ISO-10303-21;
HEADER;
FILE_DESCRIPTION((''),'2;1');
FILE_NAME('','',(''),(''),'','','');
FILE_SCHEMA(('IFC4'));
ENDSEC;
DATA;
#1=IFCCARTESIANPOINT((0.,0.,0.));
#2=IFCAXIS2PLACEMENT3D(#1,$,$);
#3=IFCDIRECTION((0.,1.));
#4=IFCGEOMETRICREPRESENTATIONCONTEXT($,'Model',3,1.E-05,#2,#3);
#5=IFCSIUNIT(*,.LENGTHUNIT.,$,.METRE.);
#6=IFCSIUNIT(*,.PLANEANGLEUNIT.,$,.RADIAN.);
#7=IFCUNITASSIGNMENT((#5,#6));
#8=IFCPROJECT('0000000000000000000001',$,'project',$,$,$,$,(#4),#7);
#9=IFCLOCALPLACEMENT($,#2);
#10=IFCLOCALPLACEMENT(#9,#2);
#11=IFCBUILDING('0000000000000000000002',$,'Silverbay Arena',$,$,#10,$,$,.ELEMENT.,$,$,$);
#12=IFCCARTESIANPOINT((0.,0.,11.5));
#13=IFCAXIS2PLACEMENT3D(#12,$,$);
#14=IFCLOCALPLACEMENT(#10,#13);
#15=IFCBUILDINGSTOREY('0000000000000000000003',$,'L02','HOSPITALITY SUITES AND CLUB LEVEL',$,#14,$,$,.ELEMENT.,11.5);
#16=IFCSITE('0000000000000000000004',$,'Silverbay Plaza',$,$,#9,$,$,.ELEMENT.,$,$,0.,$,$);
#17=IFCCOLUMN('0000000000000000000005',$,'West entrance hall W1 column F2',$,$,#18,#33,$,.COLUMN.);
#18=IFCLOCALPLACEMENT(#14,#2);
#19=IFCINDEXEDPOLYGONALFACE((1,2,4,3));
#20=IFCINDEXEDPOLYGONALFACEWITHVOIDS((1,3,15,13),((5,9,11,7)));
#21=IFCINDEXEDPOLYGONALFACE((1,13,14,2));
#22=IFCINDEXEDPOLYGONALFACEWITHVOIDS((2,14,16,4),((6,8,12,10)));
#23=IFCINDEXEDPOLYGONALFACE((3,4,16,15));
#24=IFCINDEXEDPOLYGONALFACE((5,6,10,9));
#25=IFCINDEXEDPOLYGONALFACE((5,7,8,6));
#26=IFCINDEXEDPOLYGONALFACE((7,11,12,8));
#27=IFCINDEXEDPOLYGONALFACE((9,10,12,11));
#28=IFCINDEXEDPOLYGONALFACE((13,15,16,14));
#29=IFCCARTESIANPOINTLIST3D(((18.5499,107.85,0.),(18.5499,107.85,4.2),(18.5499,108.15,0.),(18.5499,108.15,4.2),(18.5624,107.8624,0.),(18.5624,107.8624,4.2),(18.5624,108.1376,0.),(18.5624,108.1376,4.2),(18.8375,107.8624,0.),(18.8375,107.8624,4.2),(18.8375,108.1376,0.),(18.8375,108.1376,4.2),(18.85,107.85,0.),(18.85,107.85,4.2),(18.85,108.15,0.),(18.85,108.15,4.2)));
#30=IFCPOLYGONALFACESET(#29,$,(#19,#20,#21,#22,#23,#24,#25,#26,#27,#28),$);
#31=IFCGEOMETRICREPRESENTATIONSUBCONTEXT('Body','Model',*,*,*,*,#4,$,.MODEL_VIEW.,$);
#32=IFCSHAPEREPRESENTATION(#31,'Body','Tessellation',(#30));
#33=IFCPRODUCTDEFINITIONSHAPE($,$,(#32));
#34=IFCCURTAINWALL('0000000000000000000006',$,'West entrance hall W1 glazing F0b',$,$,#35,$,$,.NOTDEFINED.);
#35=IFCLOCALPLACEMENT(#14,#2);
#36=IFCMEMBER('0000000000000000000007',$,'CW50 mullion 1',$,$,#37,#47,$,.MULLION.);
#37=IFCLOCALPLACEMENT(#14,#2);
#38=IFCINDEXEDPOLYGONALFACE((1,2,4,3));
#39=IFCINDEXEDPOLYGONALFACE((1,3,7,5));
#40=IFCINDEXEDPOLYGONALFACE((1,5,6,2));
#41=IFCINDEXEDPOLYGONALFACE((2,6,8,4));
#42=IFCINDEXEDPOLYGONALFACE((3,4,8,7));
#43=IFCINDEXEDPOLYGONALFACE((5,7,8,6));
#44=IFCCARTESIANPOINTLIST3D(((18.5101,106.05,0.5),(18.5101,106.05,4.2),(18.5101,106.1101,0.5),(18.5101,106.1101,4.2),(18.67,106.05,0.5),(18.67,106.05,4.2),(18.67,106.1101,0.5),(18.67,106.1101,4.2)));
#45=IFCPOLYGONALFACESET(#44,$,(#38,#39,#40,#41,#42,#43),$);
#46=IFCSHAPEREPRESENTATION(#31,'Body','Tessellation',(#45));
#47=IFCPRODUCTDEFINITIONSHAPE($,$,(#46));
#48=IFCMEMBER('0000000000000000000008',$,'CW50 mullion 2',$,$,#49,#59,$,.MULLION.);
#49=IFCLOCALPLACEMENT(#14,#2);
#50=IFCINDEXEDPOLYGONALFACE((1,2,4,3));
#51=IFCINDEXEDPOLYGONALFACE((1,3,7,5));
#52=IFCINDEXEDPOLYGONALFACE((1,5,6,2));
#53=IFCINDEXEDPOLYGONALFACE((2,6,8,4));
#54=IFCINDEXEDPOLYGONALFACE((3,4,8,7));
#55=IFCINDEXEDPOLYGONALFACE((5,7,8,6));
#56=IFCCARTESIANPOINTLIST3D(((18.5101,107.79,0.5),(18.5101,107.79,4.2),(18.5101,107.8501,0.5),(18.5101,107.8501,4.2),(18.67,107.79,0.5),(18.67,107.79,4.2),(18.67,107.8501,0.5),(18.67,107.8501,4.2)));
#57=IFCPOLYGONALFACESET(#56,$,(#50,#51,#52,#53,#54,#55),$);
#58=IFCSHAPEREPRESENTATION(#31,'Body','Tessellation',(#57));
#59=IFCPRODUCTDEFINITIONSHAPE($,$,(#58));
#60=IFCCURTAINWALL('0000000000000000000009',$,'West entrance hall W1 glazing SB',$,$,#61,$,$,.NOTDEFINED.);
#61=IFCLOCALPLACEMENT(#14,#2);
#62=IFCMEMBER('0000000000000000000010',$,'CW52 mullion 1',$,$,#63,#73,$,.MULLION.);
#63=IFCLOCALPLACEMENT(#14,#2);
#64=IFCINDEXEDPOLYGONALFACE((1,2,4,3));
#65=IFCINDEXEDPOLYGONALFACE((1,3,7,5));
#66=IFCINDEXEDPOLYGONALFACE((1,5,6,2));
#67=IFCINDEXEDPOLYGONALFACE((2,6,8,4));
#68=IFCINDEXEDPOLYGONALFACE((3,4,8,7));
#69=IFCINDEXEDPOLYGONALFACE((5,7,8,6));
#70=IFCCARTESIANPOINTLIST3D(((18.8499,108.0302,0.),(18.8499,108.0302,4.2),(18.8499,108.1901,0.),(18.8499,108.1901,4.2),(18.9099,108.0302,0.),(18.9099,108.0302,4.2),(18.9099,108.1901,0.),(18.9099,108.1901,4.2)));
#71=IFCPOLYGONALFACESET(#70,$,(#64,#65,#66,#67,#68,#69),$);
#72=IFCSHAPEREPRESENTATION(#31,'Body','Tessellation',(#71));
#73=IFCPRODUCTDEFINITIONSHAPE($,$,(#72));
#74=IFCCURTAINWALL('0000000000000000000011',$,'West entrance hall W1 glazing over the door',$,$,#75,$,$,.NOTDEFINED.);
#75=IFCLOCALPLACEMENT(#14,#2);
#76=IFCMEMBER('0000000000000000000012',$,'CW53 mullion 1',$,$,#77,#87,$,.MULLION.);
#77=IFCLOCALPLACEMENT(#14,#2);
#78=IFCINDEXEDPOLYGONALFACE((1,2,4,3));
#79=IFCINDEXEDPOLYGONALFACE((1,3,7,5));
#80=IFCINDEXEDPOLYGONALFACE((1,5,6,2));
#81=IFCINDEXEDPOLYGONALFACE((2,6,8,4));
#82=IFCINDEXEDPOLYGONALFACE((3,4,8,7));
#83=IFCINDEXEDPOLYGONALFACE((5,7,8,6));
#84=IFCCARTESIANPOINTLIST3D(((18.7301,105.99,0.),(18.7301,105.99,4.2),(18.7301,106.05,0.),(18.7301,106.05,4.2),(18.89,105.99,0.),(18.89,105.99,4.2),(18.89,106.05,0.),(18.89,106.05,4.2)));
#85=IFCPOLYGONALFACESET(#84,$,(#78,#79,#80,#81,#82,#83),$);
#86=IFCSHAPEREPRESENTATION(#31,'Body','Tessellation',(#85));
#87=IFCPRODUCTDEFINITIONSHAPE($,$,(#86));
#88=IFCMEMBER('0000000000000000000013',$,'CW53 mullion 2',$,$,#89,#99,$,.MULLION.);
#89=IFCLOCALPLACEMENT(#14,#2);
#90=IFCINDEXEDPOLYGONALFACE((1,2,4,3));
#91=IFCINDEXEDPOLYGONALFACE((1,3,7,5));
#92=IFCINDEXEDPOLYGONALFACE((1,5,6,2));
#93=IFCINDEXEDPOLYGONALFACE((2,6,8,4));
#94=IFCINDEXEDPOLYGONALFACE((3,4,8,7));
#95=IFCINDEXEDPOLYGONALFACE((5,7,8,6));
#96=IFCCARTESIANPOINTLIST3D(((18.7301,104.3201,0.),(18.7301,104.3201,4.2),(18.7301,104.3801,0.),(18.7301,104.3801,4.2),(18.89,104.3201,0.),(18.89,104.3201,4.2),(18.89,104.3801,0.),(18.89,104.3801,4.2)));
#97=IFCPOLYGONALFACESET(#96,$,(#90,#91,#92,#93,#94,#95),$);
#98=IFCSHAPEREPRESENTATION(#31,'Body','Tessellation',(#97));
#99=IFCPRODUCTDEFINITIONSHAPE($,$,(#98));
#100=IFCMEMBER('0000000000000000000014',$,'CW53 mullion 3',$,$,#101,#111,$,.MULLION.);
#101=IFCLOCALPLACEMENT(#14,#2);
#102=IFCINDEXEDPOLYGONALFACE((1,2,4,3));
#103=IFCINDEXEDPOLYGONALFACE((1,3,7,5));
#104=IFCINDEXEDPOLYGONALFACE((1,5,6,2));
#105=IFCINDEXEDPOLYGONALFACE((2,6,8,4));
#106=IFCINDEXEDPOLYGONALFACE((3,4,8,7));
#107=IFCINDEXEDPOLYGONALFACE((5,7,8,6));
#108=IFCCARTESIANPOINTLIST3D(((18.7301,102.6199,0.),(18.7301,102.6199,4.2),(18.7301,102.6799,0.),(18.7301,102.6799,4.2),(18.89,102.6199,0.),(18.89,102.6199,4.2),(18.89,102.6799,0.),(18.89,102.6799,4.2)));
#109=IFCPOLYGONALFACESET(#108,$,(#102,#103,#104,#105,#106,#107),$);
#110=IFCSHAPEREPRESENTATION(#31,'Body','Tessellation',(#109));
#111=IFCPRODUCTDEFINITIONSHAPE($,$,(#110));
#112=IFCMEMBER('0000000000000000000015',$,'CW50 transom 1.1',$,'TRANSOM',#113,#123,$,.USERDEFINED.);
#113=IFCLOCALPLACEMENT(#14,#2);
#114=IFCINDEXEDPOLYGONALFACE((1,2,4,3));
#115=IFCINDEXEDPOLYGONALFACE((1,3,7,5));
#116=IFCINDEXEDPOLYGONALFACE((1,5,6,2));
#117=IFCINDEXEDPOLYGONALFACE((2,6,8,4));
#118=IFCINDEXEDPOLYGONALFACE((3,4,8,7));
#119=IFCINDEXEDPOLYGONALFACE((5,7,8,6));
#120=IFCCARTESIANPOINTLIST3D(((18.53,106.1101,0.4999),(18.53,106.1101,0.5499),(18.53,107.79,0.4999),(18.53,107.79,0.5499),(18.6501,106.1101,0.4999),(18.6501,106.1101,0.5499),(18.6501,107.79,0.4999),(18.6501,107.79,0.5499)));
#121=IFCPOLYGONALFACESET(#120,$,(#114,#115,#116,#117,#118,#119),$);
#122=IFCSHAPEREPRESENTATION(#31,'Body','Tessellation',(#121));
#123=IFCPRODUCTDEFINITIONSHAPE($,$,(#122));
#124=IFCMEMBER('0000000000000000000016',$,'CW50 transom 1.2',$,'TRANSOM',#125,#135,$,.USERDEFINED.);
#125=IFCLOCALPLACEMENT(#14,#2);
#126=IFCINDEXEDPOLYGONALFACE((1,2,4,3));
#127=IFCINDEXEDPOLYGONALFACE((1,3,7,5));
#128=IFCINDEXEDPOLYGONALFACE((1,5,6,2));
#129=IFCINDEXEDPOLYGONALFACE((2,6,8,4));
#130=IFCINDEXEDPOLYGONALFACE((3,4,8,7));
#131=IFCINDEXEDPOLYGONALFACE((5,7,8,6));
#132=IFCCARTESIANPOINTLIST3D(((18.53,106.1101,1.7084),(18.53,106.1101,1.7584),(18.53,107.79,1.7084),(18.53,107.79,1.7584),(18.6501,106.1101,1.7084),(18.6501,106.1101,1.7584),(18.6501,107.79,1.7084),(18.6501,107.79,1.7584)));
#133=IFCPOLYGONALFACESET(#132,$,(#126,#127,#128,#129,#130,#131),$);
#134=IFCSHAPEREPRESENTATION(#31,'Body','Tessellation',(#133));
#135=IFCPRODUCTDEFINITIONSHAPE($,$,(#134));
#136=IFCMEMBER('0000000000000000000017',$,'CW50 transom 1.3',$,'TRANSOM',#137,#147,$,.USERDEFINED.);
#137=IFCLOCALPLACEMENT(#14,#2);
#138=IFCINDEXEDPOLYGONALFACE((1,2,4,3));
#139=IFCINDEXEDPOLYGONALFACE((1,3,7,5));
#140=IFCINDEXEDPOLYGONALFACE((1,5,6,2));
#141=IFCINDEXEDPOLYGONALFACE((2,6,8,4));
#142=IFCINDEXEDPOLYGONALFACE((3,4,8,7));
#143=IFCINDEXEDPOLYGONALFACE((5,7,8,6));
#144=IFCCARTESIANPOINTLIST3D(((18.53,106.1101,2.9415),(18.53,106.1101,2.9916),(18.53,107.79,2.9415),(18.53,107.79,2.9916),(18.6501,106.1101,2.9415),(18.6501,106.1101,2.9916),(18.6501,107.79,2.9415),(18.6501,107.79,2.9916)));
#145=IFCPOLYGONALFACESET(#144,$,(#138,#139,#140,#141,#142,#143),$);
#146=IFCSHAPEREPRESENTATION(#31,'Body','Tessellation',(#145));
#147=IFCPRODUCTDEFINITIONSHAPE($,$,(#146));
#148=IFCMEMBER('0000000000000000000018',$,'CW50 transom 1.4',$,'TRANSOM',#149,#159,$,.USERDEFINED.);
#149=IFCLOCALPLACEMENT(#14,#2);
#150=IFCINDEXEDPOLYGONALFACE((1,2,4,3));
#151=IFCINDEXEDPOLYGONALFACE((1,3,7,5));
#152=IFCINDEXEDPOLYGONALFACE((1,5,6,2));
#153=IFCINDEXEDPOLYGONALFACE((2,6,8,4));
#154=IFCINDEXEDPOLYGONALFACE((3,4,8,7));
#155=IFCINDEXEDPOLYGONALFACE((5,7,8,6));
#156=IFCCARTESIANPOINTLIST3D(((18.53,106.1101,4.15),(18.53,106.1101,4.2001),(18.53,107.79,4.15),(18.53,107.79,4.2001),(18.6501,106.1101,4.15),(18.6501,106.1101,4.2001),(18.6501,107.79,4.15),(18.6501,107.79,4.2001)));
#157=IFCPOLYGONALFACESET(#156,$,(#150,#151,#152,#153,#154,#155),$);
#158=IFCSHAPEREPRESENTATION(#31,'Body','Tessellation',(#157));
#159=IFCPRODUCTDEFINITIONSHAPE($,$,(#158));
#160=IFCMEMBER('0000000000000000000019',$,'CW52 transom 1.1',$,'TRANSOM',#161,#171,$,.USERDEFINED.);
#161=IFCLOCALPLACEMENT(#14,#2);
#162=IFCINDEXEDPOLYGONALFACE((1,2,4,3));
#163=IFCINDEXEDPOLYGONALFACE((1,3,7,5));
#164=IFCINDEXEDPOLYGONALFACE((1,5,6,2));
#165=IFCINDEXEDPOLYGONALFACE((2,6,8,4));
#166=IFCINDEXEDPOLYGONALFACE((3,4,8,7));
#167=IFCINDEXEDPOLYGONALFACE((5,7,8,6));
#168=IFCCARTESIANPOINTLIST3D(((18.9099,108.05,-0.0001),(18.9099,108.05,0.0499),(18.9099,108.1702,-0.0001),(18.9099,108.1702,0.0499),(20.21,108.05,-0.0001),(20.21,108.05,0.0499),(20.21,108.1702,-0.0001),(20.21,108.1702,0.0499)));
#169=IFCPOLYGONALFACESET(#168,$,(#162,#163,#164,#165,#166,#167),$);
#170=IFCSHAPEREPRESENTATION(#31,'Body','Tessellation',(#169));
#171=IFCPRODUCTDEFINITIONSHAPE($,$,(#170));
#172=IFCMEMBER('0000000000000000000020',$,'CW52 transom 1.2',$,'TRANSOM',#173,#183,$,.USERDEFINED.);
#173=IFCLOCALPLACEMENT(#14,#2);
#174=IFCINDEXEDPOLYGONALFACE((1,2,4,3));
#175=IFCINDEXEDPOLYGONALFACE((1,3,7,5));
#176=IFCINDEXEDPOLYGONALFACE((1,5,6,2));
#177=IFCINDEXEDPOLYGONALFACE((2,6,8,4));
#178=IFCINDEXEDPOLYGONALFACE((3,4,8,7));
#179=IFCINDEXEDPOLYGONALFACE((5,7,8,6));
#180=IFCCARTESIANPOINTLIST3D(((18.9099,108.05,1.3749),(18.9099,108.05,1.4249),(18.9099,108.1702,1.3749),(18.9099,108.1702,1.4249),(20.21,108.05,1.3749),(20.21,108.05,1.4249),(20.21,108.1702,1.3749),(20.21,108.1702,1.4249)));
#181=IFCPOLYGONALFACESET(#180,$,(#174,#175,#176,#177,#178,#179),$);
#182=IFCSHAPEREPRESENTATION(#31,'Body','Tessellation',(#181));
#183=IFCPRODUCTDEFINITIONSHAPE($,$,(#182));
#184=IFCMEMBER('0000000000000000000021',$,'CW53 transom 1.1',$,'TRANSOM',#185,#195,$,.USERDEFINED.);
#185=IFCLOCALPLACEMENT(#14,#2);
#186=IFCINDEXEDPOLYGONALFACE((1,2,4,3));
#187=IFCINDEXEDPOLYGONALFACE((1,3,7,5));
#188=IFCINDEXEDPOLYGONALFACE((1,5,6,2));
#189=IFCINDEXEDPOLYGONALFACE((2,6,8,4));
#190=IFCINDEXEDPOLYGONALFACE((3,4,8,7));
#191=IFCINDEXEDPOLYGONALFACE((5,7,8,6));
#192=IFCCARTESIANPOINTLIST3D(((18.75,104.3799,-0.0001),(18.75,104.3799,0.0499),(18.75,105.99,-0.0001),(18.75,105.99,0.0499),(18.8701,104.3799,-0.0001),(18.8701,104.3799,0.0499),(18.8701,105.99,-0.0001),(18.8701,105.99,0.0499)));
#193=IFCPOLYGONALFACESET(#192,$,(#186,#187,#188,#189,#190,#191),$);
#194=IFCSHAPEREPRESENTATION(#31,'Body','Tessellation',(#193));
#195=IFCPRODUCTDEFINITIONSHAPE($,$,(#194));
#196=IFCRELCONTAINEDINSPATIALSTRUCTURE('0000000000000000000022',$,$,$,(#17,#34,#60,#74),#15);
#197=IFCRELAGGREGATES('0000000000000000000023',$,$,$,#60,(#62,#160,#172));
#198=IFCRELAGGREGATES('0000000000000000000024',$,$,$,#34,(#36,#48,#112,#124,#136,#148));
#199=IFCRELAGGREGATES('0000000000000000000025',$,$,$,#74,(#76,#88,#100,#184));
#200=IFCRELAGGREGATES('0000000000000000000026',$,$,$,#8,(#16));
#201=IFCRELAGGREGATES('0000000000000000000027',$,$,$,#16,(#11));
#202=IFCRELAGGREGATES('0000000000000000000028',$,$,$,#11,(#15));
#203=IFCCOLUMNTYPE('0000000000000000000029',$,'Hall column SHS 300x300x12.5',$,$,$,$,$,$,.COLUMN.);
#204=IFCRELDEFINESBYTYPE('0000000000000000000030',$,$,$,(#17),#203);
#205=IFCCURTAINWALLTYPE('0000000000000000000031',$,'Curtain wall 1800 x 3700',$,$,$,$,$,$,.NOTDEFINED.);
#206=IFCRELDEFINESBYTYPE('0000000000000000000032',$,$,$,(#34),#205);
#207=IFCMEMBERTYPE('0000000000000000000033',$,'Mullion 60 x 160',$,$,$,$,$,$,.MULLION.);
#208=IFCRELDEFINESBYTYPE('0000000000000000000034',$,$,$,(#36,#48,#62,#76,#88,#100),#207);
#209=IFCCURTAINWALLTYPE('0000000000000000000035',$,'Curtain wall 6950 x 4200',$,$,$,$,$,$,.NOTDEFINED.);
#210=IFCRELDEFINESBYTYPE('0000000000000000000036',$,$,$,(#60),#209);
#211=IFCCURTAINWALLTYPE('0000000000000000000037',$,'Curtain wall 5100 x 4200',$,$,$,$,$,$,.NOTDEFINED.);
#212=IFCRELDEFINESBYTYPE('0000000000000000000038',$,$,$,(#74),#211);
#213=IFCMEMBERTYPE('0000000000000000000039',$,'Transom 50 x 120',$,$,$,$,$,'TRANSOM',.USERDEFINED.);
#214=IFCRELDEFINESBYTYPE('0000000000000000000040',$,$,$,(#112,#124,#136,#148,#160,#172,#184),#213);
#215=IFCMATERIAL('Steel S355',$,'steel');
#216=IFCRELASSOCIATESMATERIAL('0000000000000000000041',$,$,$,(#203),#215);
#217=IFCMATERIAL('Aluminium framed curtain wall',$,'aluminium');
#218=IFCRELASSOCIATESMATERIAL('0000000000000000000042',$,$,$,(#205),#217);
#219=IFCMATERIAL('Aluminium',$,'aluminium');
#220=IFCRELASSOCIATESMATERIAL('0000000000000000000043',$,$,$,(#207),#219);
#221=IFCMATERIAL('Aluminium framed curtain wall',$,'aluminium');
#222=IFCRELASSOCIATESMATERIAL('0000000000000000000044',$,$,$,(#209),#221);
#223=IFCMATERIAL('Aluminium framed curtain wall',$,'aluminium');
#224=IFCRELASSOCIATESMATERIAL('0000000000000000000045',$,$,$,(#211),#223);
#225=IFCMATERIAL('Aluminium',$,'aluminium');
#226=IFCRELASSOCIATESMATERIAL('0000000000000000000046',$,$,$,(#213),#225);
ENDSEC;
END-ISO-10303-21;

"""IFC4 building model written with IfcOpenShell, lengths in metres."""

from ifc_helpers import new_model, si_unit, direction, frame, origin, origin_2d, place, context, subcontext, project, spatial, rectangle, hollow_rectangle, extrude, material, material_profile, profile_set, type_object, element, aggregate, save


model = new_model("IFC4")

# Units and contexts
model_context = context("Model", 3, precision=1e-05, world=origin(), true_north=direction((0.0, 1.0)))
body_context = subcontext(model_context, "Body", "Model", "MODEL_VIEW")
ifc_project = project(units=[si_unit("LENGTHUNIT", "METRE"), si_unit("PLANEANGLEUNIT", "RADIAN")], contexts=[model_context])

# Site, building, storey
site_placement = place(None, origin())
site = spatial("IfcSite", under=ifc_project, at=site_placement, Name="Silverbay Plaza", CompositionType="ELEMENT", RefElevation=0.0)
building_placement = place(site_placement, origin())
building = spatial("IfcBuilding", under=site, at=building_placement, Name="Silverbay Arena", CompositionType="ELEMENT")
storey_placement = place(building_placement, frame((0.0, 0.0, 11.5)))
storey = spatial("IfcBuildingStorey", under=building, at=storey_placement, Name="L02", Description="HOSPITALITY SUITES AND CLUB LEVEL", CompositionType="ELEMENT", Elevation=11.5)

# Column
ifc_material_1 = material(Name="Steel S355", Category="steel")
ifc_material_profile_1 = material_profile(ifc_material_1, hollow_rectangle(XDim=0.3, YDim=0.3, WallThickness=0.0125, at=origin_2d()), Name="SHS 300x300x12.5")
ifc_profile_set_1 = profile_set([ifc_material_profile_1], Name="Steel S355")
column_type = type_object("IfcColumnType", Name="Hall column SHS 300x300x12.5", PredefinedType="COLUMN", material=ifc_profile_set_1)
column_placement = place(storey_placement, frame((18.7, 108.0, 0.0), z_axis=(0.0, 0.0, 1.0), x_axis=(1.0, 0.0, 0.0)))
element("IfcColumn", 1, at=column_placement, inside=storey, type_object=column_type, Name="West entrance hall W1 column F2", PredefinedType="COLUMN", context=body_context, shape_type="SweptSolid", body=[
    extrude(hollow_rectangle(XDim=0.3, YDim=0.3, WallThickness=0.0125, at=origin_2d()), origin(), (0.0, 0.0, 1.0), 4.2),
])

# Curtain wall, members
ifc_material_2 = material(Name="Aluminium framed curtain wall", Category="aluminium")
curtain_wall_type_1 = type_object("IfcCurtainWallType", Name="Curtain wall 1800 x 3700", PredefinedType="NOTDEFINED", material=ifc_material_2)
curtain_wall_1_placement = place(storey_placement, origin())
curtain_wall_1 = element("IfcCurtainWall", 2, at=curtain_wall_1_placement, inside=storey, type_object=curtain_wall_type_1, Name="West entrance hall W1 glazing F0b", PredefinedType="NOTDEFINED")
ifc_material_3 = material(Name="Aluminium", Category="aluminium")
ifc_material_profile_2 = material_profile(ifc_material_3, rectangle(XDim=0.1599, YDim=0.0601, at=origin_2d()), Name="Mullion 60 x 160")
ifc_profile_set_2 = profile_set([ifc_material_profile_2], Name="Aluminium")
member_type_1 = type_object("IfcMemberType", Name="Mullion 60 x 160", PredefinedType="MULLION", material=ifc_profile_set_2)
member_1_placement = place(storey_placement, frame((18.5901, 106.0801, 0.5), z_axis=(0.0, 0.0, 1.0), x_axis=(-1.0, 0.0, 0.0)))
member_1 = element("IfcMember", 3, at=member_1_placement, type_object=member_type_1, Name="CW50 mullion 1", PredefinedType="MULLION", context=body_context, shape_type="SweptSolid", body=[
    extrude(rectangle(XDim=0.1599, YDim=0.0601, at=origin_2d()), origin(), (0.0, 0.0, 1.0), 3.7),
])
member_2_placement = place(storey_placement, frame((18.5901, 107.8201, 0.5), z_axis=(0.0, 0.0, 1.0), x_axis=(-1.0, 0.0, 0.0)))
member_2 = element("IfcMember", 4, at=member_2_placement, type_object=member_type_1, Name="CW50 mullion 2", PredefinedType="MULLION", context=body_context, shape_type="SweptSolid", body=[
    extrude(rectangle(XDim=0.1599, YDim=0.0601, at=origin_2d()), origin(), (0.0, 0.0, 1.0), 3.7),
])

# Curtain wall, member
ifc_material_4 = material(Name="Aluminium framed curtain wall", Category="aluminium")
curtain_wall_type_2 = type_object("IfcCurtainWallType", Name="Curtain wall 6950 x 4200", PredefinedType="NOTDEFINED", material=ifc_material_4)
curtain_wall_2_placement = place(storey_placement, origin())
curtain_wall_2 = element("IfcCurtainWall", 5, at=curtain_wall_2_placement, inside=storey, type_object=curtain_wall_type_2, Name="West entrance hall W1 glazing SB", PredefinedType="NOTDEFINED")
member_3_placement = place(storey_placement, frame((18.8799, 108.1101, 0.0), z_axis=(0.0, 0.0, 1.0), x_axis=(0.0, 1.0, 0.0)))
member_3 = element("IfcMember", 6, at=member_3_placement, type_object=member_type_1, Name="CW52 mullion 1", PredefinedType="MULLION", context=body_context, shape_type="SweptSolid", body=[
    extrude(rectangle(XDim=0.1599, YDim=0.0601, at=origin_2d()), origin(), (0.0, 0.0, 1.0), 4.2),
])

# Curtain wall, members
ifc_material_5 = material(Name="Aluminium framed curtain wall", Category="aluminium")
curtain_wall_type_3 = type_object("IfcCurtainWallType", Name="Curtain wall 5100 x 4200", PredefinedType="NOTDEFINED", material=ifc_material_5)
curtain_wall_3_placement = place(storey_placement, origin())
curtain_wall_3 = element("IfcCurtainWall", 7, at=curtain_wall_3_placement, inside=storey, type_object=curtain_wall_type_3, Name="West entrance hall W1 glazing over the door", PredefinedType="NOTDEFINED")
member_4_placement = place(storey_placement, frame((18.8101, 106.02, 0.0), z_axis=(0.0, 0.0, 1.0), x_axis=(1.0, 0.0, 0.0)))
member_4 = element("IfcMember", 8, at=member_4_placement, type_object=member_type_1, Name="CW53 mullion 1", PredefinedType="MULLION", context=body_context, shape_type="SweptSolid", body=[
    extrude(rectangle(XDim=0.1599, YDim=0.0601, at=origin_2d()), origin(), (0.0, 0.0, 1.0), 4.2),
])
member_5_placement = place(storey_placement, frame((18.8101, 104.3501, 0.0), z_axis=(0.0, 0.0, 1.0), x_axis=(1.0, 0.0, 0.0)))
member_5 = element("IfcMember", 9, at=member_5_placement, type_object=member_type_1, Name="CW53 mullion 2", PredefinedType="MULLION", context=body_context, shape_type="SweptSolid", body=[
    extrude(rectangle(XDim=0.1599, YDim=0.0601, at=origin_2d()), origin(), (0.0, 0.0, 1.0), 4.2),
])
member_6_placement = place(storey_placement, frame((18.8101, 102.6499, 0.0), z_axis=(0.0, 0.0, 1.0), x_axis=(1.0, 0.0, 0.0)))
member_6 = element("IfcMember", 10, at=member_6_placement, type_object=member_type_1, Name="CW53 mullion 3", PredefinedType="MULLION", context=body_context, shape_type="SweptSolid", body=[
    extrude(rectangle(XDim=0.1599, YDim=0.0601, at=origin_2d()), origin(), (0.0, 0.0, 1.0), 4.2),
])

# Members
ifc_material_6 = material(Name="Aluminium", Category="aluminium")
ifc_material_profile_3 = material_profile(ifc_material_6, rectangle(XDim=0.1201, YDim=0.05, at=origin_2d()), Name="Transom 50 x 120")
ifc_profile_set_3 = profile_set([ifc_material_profile_3], Name="Aluminium")
member_type_2 = type_object("IfcMemberType", Name="Transom 50 x 120", ElementType="TRANSOM", PredefinedType="USERDEFINED", material=ifc_profile_set_3)
member_7_placement = place(storey_placement, frame((18.5901, 106.1101, 0.5249), z_axis=(0.0, 1.0, 0.0), x_axis=(-1.0, 0.0, 0.0)))
member_7 = element("IfcMember", 11, at=member_7_placement, type_object=member_type_2, Name="CW50 transom 1.1", ObjectType="TRANSOM", PredefinedType="USERDEFINED", context=body_context, shape_type="SweptSolid", body=[
    extrude(rectangle(XDim=0.1201, YDim=0.05, at=origin_2d()), origin(), (0.0, 0.0, 1.0), 1.6799),
])
member_8_placement = place(storey_placement, frame((18.5901, 106.1101, 1.7334), z_axis=(0.0, 1.0, 0.0), x_axis=(-1.0, 0.0, 0.0)))
member_8 = element("IfcMember", 12, at=member_8_placement, type_object=member_type_2, Name="CW50 transom 1.2", ObjectType="TRANSOM", PredefinedType="USERDEFINED", context=body_context, shape_type="SweptSolid", body=[
    extrude(rectangle(XDim=0.1201, YDim=0.05, at=origin_2d()), origin(), (0.0, 0.0, 1.0), 1.6799),
])
member_9_placement = place(storey_placement, frame((18.5901, 106.1101, 2.9666), z_axis=(0.0, 1.0, 0.0), x_axis=(-1.0, 0.0, 0.0)))
member_9 = element("IfcMember", 13, at=member_9_placement, type_object=member_type_2, Name="CW50 transom 1.3", ObjectType="TRANSOM", PredefinedType="USERDEFINED", context=body_context, shape_type="SweptSolid", body=[
    extrude(rectangle(XDim=0.1201, YDim=0.05, at=origin_2d()), origin(), (0.0, 0.0, 1.0), 1.6799),
])
member_10_placement = place(storey_placement, frame((18.5901, 106.1101, 4.175), z_axis=(0.0, 1.0, 0.0), x_axis=(-1.0, 0.0, 0.0)))
member_10 = element("IfcMember", 14, at=member_10_placement, type_object=member_type_2, Name="CW50 transom 1.4", ObjectType="TRANSOM", PredefinedType="USERDEFINED", context=body_context, shape_type="SweptSolid", body=[
    extrude(rectangle(XDim=0.1201, YDim=0.05, at=origin_2d()), origin(), (0.0, 0.0, 1.0), 1.6799),
])
member_11_placement = place(storey_placement, frame((18.9099, 108.1101, 0.0249), z_axis=(1.0, 0.0, 0.0), x_axis=(0.0, 1.0, 0.0)))
member_11 = element("IfcMember", 15, at=member_11_placement, type_object=member_type_2, Name="CW52 transom 1.1", ObjectType="TRANSOM", PredefinedType="USERDEFINED", context=body_context, shape_type="SweptSolid", body=[
    extrude(rectangle(XDim=0.1201, YDim=0.05, at=origin_2d()), origin(), (0.0, 0.0, 1.0), 1.3),
])
member_12_placement = place(storey_placement, frame((18.9099, 108.1101, 1.3999), z_axis=(1.0, 0.0, 0.0), x_axis=(0.0, 1.0, 0.0)))
member_12 = element("IfcMember", 16, at=member_12_placement, type_object=member_type_2, Name="CW52 transom 1.2", ObjectType="TRANSOM", PredefinedType="USERDEFINED", context=body_context, shape_type="SweptSolid", body=[
    extrude(rectangle(XDim=0.1201, YDim=0.05, at=origin_2d()), origin(), (0.0, 0.0, 1.0), 1.3),
])
aggregate(curtain_wall_2, [member_3, member_11, member_12])
member_13_placement = place(storey_placement, frame((18.8101, 105.99, 0.0249), z_axis=(0.0, -1.0, 0.0), x_axis=(1.0, 0.0, 0.0)))
member_13 = element("IfcMember", 17, at=member_13_placement, type_object=member_type_2, Name="CW53 transom 1.1", ObjectType="TRANSOM", PredefinedType="USERDEFINED", context=body_context, shape_type="SweptSolid", body=[
    extrude(rectangle(XDim=0.1201, YDim=0.05, at=origin_2d()), origin(), (0.0, 0.0, 1.0), 1.6101),
])

aggregate(curtain_wall_1, [member_1, member_2, member_7, member_8, member_9, member_10])
aggregate(curtain_wall_3, [member_4, member_5, member_6, member_13])

save(model, "model.ifc")
